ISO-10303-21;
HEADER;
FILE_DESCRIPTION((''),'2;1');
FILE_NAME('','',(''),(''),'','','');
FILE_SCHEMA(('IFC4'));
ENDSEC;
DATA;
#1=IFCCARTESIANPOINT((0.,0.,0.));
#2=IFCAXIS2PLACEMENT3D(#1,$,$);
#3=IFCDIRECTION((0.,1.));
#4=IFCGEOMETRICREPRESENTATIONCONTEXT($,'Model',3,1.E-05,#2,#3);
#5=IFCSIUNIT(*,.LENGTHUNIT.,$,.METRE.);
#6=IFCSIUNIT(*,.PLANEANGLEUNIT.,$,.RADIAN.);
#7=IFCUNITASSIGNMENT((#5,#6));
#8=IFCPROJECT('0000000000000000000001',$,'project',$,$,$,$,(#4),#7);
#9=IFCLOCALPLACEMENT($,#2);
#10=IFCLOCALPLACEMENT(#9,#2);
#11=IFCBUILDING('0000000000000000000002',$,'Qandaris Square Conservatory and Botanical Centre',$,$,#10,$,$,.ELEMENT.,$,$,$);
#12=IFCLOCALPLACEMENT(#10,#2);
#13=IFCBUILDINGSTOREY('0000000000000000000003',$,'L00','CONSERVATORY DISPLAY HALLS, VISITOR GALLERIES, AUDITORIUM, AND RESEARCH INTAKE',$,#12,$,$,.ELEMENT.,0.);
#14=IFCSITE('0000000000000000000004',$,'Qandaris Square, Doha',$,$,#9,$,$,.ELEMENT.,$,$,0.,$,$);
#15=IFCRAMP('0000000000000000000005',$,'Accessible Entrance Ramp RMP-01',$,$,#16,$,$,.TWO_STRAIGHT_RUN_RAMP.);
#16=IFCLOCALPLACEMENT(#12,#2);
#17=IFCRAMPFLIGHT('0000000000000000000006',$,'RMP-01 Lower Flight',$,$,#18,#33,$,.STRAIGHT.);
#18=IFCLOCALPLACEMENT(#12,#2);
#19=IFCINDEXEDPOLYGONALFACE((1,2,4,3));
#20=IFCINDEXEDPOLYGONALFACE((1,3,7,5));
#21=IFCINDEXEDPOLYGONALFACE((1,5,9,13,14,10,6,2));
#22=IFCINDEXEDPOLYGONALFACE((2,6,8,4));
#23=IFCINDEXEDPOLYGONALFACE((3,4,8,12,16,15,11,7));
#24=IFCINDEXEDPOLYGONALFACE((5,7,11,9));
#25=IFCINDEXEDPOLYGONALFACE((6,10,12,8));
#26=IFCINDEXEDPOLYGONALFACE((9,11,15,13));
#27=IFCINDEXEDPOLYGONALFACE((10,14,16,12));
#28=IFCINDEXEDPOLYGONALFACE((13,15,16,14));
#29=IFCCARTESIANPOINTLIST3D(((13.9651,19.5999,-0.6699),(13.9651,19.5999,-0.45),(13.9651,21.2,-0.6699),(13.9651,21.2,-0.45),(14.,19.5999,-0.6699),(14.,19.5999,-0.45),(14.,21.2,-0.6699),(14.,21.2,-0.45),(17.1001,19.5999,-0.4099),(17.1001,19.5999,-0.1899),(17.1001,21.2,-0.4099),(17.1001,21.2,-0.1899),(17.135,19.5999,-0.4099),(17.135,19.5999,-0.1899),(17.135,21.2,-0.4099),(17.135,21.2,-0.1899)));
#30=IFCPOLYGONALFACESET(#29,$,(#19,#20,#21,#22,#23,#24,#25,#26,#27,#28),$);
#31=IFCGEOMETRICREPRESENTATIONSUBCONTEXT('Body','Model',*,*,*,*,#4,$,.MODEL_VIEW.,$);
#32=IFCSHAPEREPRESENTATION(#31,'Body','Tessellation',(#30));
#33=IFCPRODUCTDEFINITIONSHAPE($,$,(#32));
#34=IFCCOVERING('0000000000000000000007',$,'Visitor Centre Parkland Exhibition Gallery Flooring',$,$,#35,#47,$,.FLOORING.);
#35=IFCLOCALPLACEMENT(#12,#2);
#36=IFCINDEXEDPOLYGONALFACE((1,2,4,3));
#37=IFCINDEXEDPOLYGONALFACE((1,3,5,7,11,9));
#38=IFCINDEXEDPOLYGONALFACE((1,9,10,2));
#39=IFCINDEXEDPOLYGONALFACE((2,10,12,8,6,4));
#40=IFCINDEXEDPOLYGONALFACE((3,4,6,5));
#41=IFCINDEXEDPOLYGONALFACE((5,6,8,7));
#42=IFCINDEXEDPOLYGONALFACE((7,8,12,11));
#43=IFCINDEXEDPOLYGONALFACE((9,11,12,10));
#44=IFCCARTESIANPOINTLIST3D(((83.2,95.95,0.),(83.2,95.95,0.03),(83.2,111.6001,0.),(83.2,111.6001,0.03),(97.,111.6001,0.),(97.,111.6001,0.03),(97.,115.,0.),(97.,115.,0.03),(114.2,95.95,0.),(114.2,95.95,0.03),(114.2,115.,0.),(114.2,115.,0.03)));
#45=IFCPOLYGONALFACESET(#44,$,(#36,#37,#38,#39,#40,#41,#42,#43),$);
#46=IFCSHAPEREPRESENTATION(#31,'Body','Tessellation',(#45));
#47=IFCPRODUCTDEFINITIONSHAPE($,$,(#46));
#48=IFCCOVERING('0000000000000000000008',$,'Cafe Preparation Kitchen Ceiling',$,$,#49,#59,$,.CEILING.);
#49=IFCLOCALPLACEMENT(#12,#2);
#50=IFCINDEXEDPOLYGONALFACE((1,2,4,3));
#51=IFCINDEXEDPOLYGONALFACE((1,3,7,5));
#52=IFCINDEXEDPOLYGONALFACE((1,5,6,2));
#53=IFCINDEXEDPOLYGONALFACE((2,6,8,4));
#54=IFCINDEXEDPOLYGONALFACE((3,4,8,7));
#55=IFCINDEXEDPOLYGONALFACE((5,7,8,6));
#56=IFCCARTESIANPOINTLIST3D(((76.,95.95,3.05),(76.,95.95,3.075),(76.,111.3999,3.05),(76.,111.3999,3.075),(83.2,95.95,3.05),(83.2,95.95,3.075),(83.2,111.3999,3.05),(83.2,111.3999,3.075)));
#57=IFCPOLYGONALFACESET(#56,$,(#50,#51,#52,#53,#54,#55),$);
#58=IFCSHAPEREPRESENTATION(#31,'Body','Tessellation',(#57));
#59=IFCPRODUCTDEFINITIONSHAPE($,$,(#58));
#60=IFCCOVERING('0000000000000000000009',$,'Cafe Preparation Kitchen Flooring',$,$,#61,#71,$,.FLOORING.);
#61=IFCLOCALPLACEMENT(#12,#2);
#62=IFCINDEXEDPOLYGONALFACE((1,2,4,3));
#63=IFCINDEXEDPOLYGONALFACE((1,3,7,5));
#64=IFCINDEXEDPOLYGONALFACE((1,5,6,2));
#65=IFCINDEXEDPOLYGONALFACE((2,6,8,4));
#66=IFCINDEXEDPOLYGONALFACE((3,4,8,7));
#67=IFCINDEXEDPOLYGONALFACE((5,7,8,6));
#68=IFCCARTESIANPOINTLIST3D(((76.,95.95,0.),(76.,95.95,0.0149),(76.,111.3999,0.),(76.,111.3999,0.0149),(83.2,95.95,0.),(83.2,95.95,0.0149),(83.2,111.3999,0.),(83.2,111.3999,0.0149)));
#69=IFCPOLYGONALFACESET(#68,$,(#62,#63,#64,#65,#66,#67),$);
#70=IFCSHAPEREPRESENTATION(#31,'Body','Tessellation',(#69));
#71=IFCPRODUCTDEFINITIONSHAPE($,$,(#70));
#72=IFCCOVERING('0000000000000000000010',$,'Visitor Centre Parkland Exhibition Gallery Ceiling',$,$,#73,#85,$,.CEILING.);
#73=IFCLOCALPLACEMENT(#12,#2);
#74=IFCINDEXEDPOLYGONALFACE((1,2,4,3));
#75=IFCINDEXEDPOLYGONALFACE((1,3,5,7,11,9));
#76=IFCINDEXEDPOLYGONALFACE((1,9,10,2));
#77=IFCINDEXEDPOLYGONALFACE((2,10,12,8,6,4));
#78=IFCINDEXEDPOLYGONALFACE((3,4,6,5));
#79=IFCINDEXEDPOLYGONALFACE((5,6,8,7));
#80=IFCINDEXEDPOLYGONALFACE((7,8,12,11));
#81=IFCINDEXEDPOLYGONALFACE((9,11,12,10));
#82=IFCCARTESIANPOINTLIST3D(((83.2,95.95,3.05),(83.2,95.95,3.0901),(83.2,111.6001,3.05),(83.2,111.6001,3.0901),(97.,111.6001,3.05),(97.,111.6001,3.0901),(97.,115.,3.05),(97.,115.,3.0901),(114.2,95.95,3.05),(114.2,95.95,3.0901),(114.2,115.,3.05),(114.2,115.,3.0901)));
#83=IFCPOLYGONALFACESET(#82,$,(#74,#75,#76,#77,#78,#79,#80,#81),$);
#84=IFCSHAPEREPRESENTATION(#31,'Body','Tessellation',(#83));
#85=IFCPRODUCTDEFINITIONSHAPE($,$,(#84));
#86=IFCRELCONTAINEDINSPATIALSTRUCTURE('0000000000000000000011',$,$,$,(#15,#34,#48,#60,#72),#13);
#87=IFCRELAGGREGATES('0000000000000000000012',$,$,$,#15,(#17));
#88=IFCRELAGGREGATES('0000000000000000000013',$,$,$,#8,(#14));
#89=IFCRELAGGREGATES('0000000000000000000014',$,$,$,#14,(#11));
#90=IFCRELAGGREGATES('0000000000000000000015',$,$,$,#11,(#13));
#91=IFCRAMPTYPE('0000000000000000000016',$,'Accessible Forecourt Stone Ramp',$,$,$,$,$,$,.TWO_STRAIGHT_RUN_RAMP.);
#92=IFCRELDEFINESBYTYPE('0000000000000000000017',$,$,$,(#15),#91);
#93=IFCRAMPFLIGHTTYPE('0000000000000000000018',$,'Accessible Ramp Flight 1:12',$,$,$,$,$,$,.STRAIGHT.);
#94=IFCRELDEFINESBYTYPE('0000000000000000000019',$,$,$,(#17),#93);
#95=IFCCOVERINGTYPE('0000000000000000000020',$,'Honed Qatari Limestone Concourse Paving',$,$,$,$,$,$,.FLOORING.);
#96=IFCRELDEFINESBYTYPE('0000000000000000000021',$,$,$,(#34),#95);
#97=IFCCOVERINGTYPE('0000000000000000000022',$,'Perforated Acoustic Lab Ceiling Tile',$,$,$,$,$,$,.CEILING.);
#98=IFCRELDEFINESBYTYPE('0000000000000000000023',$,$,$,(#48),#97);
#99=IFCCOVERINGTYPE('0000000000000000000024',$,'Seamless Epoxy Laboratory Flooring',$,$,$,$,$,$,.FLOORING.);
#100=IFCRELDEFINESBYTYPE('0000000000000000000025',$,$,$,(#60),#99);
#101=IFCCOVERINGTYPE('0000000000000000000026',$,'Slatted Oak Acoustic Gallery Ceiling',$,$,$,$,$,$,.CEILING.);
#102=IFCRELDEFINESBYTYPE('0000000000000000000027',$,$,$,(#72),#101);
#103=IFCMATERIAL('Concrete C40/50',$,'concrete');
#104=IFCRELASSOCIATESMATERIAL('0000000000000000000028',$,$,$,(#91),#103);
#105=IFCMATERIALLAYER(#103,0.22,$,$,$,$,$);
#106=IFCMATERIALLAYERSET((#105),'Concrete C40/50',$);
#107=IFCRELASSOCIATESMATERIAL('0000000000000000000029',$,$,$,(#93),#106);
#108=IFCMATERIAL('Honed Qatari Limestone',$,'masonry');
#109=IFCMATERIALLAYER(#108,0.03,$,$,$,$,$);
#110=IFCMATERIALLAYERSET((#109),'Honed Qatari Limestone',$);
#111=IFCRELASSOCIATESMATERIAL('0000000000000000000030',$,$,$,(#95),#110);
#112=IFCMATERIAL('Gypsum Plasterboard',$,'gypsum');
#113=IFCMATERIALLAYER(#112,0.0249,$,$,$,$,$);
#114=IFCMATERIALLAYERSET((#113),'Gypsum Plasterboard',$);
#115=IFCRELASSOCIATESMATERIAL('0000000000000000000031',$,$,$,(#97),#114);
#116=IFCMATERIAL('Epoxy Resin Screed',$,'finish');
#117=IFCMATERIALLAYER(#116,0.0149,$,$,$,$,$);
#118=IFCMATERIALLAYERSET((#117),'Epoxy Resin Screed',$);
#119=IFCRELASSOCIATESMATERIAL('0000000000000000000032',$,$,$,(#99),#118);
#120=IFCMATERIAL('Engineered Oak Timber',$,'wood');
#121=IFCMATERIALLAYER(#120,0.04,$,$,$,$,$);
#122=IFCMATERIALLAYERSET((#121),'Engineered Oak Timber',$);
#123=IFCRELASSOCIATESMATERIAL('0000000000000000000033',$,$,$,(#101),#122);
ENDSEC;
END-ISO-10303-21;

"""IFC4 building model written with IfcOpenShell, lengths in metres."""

from ifc_helpers import new_model, si_unit, direction, frame, origin, place, context, subcontext, project, spatial, polyline, outline, extrude, material, layer, layer_set, type_object, element, aggregate, save


model = new_model("IFC4")

# Units and contexts
model_context = context("Model", 3, precision=1e-05, world=origin(), true_north=direction((0.0, 1.0)))
body_context = subcontext(model_context, "Body", "Model", "MODEL_VIEW")
ifc_project = project(units=[si_unit("LENGTHUNIT", "METRE"), si_unit("PLANEANGLEUNIT", "RADIAN")], contexts=[model_context])

# Site, building, storey
site_placement = place(None, origin())
site = spatial("IfcSite", under=ifc_project, at=site_placement, Name="Qandaris Square, Doha", CompositionType="ELEMENT", RefElevation=0.0)
building_placement = place(site_placement, origin())
building = spatial("IfcBuilding", under=site, at=building_placement, Name="Qandaris Square Conservatory and Botanical Centre", CompositionType="ELEMENT")
storey_placement = place(building_placement, origin())
storey = spatial("IfcBuildingStorey", under=building, at=storey_placement, Name="L00", Description="CONSERVATORY DISPLAY HALLS, VISITOR GALLERIES, AUDITORIUM, AND RESEARCH INTAKE", CompositionType="ELEMENT", Elevation=0.0)

# Shared definitions
ifc_material_1 = material(Name="Concrete C40/50", Category="concrete")

# Ramp, ramp flight
ramp_type = type_object("IfcRampType", Name="Accessible Forecourt Stone Ramp", PredefinedType="TWO_STRAIGHT_RUN_RAMP", material=ifc_material_1)
ramp_placement = place(storey_placement, origin())
ramp = element("IfcRamp", 1, at=ramp_placement, inside=storey, type_object=ramp_type, Name="Accessible Entrance Ramp RMP-01", PredefinedType="TWO_STRAIGHT_RUN_RAMP")
ifc_layer_1 = layer(ifc_material_1, 0.22)
ifc_layer_set_1 = layer_set([ifc_layer_1], Name="Concrete C40/50")
ramp_flight_type = type_object("IfcRampFlightType", Name="Accessible Ramp Flight 1:12", PredefinedType="STRAIGHT", material=ifc_layer_set_1)
ramp_flight_placement = place(storey_placement, frame((14.0, 20.3999, -0.45), z_axis=(0.0, 0.0, 1.0), x_axis=(1.0, 0.0, 0.0)))
ramp_flight = element("IfcRampFlight", 2, at=ramp_flight_placement, type_object=ramp_flight_type, Name="RMP-01 Lower Flight", PredefinedType="STRAIGHT", context=body_context, shape_type="SweptSolid", body=[
    extrude(outline(polyline([(-0.0349, 0.0), (0.0, 0.0), (3.1001, 0.26), (3.135, 0.26), (3.135, 0.04), (3.1001, 0.04), (0.0, -0.22), (-0.0349, -0.22), (-0.0349, 0.0)])), frame((0.0, 0.8, 0.0), z_axis=(0.0, -1.0, 0.0), x_axis=(1.0, 0.0, 0.0)), (0.0, 0.0, 1.0), 1.6001),
])
aggregate(ramp, [ramp_flight])

# Coverings
ifc_material_2 = material(Name="Honed Qatari Limestone", Category="masonry")
ifc_layer_2 = layer(ifc_material_2, 0.03)
ifc_layer_set_2 = layer_set([ifc_layer_2], Name="Honed Qatari Limestone")
covering_type_1 = type_object("IfcCoveringType", Name="Honed Qatari Limestone Concourse Paving", PredefinedType="FLOORING", material=ifc_layer_set_2)
covering_1_placement = place(storey_placement, origin())
element("IfcCovering", 3, at=covering_1_placement, inside=storey, type_object=covering_type_1, Name="Visitor Centre Parkland Exhibition Gallery Flooring", PredefinedType="FLOORING", context=body_context, shape_type="SweptSolid", body=[
    extrude(outline(polyline([(83.2, 95.95), (83.2, 111.6001), (97.0, 111.6001), (97.0, 115.0), (114.2, 115.0), (114.2, 95.95), (83.2, 95.95)])), origin(), (0.0, 0.0, 1.0), 0.03),
])
ifc_material_3 = material(Name="Gypsum Plasterboard", Category="gypsum")
ifc_layer_3 = layer(ifc_material_3, 0.0249)
ifc_layer_set_3 = layer_set([ifc_layer_3], Name="Gypsum Plasterboard")
covering_type_2 = type_object("IfcCoveringType", Name="Perforated Acoustic Lab Ceiling Tile", PredefinedType="CEILING", material=ifc_layer_set_3)
covering_2_placement = place(storey_placement, frame((0.0, 0.0, 3.05)))
element("IfcCovering", 4, at=covering_2_placement, inside=storey, type_object=covering_type_2, Name="Cafe Preparation Kitchen Ceiling", PredefinedType="CEILING", context=body_context, shape_type="SweptSolid", body=[
    extrude(outline(polyline([(76.0, 111.3999), (83.2, 111.3999), (83.2, 95.95), (76.0, 95.95), (76.0, 111.3999)])), origin(), (0.0, 0.0, 1.0), 0.0249),
])
ifc_material_4 = material(Name="Epoxy Resin Screed", Category="finish")
ifc_layer_4 = layer(ifc_material_4, 0.0149)
ifc_layer_set_4 = layer_set([ifc_layer_4], Name="Epoxy Resin Screed")
covering_type_3 = type_object("IfcCoveringType", Name="Seamless Epoxy Laboratory Flooring", PredefinedType="FLOORING", material=ifc_layer_set_4)
covering_3_placement = place(storey_placement, origin())
element("IfcCovering", 5, at=covering_3_placement, inside=storey, type_object=covering_type_3, Name="Cafe Preparation Kitchen Flooring", PredefinedType="FLOORING", context=body_context, shape_type="SweptSolid", body=[
    extrude(outline(polyline([(76.0, 111.3999), (83.2, 111.3999), (83.2, 95.95), (76.0, 95.95), (76.0, 111.3999)])), origin(), (0.0, 0.0, 1.0), 0.0149),
])
ifc_material_5 = material(Name="Engineered Oak Timber", Category="wood")
ifc_layer_5 = layer(ifc_material_5, 0.04)
ifc_layer_set_5 = layer_set([ifc_layer_5], Name="Engineered Oak Timber")
covering_type_4 = type_object("IfcCoveringType", Name="Slatted Oak Acoustic Gallery Ceiling", PredefinedType="CEILING", material=ifc_layer_set_5)
covering_4_placement = place(storey_placement, frame((0.0, 0.0, 3.05)))
element("IfcCovering", 6, at=covering_4_placement, inside=storey, type_object=covering_type_4, Name="Visitor Centre Parkland Exhibition Gallery Ceiling", PredefinedType="CEILING", context=body_context, shape_type="SweptSolid", body=[
    extrude(outline(polyline([(83.2, 95.95), (83.2, 111.6001), (97.0, 111.6001), (97.0, 115.0), (114.2, 115.0), (114.2, 95.95), (83.2, 95.95)])), origin(), (0.0, 0.0, 1.0), 0.04),
])

save(model, "model.ifc")
